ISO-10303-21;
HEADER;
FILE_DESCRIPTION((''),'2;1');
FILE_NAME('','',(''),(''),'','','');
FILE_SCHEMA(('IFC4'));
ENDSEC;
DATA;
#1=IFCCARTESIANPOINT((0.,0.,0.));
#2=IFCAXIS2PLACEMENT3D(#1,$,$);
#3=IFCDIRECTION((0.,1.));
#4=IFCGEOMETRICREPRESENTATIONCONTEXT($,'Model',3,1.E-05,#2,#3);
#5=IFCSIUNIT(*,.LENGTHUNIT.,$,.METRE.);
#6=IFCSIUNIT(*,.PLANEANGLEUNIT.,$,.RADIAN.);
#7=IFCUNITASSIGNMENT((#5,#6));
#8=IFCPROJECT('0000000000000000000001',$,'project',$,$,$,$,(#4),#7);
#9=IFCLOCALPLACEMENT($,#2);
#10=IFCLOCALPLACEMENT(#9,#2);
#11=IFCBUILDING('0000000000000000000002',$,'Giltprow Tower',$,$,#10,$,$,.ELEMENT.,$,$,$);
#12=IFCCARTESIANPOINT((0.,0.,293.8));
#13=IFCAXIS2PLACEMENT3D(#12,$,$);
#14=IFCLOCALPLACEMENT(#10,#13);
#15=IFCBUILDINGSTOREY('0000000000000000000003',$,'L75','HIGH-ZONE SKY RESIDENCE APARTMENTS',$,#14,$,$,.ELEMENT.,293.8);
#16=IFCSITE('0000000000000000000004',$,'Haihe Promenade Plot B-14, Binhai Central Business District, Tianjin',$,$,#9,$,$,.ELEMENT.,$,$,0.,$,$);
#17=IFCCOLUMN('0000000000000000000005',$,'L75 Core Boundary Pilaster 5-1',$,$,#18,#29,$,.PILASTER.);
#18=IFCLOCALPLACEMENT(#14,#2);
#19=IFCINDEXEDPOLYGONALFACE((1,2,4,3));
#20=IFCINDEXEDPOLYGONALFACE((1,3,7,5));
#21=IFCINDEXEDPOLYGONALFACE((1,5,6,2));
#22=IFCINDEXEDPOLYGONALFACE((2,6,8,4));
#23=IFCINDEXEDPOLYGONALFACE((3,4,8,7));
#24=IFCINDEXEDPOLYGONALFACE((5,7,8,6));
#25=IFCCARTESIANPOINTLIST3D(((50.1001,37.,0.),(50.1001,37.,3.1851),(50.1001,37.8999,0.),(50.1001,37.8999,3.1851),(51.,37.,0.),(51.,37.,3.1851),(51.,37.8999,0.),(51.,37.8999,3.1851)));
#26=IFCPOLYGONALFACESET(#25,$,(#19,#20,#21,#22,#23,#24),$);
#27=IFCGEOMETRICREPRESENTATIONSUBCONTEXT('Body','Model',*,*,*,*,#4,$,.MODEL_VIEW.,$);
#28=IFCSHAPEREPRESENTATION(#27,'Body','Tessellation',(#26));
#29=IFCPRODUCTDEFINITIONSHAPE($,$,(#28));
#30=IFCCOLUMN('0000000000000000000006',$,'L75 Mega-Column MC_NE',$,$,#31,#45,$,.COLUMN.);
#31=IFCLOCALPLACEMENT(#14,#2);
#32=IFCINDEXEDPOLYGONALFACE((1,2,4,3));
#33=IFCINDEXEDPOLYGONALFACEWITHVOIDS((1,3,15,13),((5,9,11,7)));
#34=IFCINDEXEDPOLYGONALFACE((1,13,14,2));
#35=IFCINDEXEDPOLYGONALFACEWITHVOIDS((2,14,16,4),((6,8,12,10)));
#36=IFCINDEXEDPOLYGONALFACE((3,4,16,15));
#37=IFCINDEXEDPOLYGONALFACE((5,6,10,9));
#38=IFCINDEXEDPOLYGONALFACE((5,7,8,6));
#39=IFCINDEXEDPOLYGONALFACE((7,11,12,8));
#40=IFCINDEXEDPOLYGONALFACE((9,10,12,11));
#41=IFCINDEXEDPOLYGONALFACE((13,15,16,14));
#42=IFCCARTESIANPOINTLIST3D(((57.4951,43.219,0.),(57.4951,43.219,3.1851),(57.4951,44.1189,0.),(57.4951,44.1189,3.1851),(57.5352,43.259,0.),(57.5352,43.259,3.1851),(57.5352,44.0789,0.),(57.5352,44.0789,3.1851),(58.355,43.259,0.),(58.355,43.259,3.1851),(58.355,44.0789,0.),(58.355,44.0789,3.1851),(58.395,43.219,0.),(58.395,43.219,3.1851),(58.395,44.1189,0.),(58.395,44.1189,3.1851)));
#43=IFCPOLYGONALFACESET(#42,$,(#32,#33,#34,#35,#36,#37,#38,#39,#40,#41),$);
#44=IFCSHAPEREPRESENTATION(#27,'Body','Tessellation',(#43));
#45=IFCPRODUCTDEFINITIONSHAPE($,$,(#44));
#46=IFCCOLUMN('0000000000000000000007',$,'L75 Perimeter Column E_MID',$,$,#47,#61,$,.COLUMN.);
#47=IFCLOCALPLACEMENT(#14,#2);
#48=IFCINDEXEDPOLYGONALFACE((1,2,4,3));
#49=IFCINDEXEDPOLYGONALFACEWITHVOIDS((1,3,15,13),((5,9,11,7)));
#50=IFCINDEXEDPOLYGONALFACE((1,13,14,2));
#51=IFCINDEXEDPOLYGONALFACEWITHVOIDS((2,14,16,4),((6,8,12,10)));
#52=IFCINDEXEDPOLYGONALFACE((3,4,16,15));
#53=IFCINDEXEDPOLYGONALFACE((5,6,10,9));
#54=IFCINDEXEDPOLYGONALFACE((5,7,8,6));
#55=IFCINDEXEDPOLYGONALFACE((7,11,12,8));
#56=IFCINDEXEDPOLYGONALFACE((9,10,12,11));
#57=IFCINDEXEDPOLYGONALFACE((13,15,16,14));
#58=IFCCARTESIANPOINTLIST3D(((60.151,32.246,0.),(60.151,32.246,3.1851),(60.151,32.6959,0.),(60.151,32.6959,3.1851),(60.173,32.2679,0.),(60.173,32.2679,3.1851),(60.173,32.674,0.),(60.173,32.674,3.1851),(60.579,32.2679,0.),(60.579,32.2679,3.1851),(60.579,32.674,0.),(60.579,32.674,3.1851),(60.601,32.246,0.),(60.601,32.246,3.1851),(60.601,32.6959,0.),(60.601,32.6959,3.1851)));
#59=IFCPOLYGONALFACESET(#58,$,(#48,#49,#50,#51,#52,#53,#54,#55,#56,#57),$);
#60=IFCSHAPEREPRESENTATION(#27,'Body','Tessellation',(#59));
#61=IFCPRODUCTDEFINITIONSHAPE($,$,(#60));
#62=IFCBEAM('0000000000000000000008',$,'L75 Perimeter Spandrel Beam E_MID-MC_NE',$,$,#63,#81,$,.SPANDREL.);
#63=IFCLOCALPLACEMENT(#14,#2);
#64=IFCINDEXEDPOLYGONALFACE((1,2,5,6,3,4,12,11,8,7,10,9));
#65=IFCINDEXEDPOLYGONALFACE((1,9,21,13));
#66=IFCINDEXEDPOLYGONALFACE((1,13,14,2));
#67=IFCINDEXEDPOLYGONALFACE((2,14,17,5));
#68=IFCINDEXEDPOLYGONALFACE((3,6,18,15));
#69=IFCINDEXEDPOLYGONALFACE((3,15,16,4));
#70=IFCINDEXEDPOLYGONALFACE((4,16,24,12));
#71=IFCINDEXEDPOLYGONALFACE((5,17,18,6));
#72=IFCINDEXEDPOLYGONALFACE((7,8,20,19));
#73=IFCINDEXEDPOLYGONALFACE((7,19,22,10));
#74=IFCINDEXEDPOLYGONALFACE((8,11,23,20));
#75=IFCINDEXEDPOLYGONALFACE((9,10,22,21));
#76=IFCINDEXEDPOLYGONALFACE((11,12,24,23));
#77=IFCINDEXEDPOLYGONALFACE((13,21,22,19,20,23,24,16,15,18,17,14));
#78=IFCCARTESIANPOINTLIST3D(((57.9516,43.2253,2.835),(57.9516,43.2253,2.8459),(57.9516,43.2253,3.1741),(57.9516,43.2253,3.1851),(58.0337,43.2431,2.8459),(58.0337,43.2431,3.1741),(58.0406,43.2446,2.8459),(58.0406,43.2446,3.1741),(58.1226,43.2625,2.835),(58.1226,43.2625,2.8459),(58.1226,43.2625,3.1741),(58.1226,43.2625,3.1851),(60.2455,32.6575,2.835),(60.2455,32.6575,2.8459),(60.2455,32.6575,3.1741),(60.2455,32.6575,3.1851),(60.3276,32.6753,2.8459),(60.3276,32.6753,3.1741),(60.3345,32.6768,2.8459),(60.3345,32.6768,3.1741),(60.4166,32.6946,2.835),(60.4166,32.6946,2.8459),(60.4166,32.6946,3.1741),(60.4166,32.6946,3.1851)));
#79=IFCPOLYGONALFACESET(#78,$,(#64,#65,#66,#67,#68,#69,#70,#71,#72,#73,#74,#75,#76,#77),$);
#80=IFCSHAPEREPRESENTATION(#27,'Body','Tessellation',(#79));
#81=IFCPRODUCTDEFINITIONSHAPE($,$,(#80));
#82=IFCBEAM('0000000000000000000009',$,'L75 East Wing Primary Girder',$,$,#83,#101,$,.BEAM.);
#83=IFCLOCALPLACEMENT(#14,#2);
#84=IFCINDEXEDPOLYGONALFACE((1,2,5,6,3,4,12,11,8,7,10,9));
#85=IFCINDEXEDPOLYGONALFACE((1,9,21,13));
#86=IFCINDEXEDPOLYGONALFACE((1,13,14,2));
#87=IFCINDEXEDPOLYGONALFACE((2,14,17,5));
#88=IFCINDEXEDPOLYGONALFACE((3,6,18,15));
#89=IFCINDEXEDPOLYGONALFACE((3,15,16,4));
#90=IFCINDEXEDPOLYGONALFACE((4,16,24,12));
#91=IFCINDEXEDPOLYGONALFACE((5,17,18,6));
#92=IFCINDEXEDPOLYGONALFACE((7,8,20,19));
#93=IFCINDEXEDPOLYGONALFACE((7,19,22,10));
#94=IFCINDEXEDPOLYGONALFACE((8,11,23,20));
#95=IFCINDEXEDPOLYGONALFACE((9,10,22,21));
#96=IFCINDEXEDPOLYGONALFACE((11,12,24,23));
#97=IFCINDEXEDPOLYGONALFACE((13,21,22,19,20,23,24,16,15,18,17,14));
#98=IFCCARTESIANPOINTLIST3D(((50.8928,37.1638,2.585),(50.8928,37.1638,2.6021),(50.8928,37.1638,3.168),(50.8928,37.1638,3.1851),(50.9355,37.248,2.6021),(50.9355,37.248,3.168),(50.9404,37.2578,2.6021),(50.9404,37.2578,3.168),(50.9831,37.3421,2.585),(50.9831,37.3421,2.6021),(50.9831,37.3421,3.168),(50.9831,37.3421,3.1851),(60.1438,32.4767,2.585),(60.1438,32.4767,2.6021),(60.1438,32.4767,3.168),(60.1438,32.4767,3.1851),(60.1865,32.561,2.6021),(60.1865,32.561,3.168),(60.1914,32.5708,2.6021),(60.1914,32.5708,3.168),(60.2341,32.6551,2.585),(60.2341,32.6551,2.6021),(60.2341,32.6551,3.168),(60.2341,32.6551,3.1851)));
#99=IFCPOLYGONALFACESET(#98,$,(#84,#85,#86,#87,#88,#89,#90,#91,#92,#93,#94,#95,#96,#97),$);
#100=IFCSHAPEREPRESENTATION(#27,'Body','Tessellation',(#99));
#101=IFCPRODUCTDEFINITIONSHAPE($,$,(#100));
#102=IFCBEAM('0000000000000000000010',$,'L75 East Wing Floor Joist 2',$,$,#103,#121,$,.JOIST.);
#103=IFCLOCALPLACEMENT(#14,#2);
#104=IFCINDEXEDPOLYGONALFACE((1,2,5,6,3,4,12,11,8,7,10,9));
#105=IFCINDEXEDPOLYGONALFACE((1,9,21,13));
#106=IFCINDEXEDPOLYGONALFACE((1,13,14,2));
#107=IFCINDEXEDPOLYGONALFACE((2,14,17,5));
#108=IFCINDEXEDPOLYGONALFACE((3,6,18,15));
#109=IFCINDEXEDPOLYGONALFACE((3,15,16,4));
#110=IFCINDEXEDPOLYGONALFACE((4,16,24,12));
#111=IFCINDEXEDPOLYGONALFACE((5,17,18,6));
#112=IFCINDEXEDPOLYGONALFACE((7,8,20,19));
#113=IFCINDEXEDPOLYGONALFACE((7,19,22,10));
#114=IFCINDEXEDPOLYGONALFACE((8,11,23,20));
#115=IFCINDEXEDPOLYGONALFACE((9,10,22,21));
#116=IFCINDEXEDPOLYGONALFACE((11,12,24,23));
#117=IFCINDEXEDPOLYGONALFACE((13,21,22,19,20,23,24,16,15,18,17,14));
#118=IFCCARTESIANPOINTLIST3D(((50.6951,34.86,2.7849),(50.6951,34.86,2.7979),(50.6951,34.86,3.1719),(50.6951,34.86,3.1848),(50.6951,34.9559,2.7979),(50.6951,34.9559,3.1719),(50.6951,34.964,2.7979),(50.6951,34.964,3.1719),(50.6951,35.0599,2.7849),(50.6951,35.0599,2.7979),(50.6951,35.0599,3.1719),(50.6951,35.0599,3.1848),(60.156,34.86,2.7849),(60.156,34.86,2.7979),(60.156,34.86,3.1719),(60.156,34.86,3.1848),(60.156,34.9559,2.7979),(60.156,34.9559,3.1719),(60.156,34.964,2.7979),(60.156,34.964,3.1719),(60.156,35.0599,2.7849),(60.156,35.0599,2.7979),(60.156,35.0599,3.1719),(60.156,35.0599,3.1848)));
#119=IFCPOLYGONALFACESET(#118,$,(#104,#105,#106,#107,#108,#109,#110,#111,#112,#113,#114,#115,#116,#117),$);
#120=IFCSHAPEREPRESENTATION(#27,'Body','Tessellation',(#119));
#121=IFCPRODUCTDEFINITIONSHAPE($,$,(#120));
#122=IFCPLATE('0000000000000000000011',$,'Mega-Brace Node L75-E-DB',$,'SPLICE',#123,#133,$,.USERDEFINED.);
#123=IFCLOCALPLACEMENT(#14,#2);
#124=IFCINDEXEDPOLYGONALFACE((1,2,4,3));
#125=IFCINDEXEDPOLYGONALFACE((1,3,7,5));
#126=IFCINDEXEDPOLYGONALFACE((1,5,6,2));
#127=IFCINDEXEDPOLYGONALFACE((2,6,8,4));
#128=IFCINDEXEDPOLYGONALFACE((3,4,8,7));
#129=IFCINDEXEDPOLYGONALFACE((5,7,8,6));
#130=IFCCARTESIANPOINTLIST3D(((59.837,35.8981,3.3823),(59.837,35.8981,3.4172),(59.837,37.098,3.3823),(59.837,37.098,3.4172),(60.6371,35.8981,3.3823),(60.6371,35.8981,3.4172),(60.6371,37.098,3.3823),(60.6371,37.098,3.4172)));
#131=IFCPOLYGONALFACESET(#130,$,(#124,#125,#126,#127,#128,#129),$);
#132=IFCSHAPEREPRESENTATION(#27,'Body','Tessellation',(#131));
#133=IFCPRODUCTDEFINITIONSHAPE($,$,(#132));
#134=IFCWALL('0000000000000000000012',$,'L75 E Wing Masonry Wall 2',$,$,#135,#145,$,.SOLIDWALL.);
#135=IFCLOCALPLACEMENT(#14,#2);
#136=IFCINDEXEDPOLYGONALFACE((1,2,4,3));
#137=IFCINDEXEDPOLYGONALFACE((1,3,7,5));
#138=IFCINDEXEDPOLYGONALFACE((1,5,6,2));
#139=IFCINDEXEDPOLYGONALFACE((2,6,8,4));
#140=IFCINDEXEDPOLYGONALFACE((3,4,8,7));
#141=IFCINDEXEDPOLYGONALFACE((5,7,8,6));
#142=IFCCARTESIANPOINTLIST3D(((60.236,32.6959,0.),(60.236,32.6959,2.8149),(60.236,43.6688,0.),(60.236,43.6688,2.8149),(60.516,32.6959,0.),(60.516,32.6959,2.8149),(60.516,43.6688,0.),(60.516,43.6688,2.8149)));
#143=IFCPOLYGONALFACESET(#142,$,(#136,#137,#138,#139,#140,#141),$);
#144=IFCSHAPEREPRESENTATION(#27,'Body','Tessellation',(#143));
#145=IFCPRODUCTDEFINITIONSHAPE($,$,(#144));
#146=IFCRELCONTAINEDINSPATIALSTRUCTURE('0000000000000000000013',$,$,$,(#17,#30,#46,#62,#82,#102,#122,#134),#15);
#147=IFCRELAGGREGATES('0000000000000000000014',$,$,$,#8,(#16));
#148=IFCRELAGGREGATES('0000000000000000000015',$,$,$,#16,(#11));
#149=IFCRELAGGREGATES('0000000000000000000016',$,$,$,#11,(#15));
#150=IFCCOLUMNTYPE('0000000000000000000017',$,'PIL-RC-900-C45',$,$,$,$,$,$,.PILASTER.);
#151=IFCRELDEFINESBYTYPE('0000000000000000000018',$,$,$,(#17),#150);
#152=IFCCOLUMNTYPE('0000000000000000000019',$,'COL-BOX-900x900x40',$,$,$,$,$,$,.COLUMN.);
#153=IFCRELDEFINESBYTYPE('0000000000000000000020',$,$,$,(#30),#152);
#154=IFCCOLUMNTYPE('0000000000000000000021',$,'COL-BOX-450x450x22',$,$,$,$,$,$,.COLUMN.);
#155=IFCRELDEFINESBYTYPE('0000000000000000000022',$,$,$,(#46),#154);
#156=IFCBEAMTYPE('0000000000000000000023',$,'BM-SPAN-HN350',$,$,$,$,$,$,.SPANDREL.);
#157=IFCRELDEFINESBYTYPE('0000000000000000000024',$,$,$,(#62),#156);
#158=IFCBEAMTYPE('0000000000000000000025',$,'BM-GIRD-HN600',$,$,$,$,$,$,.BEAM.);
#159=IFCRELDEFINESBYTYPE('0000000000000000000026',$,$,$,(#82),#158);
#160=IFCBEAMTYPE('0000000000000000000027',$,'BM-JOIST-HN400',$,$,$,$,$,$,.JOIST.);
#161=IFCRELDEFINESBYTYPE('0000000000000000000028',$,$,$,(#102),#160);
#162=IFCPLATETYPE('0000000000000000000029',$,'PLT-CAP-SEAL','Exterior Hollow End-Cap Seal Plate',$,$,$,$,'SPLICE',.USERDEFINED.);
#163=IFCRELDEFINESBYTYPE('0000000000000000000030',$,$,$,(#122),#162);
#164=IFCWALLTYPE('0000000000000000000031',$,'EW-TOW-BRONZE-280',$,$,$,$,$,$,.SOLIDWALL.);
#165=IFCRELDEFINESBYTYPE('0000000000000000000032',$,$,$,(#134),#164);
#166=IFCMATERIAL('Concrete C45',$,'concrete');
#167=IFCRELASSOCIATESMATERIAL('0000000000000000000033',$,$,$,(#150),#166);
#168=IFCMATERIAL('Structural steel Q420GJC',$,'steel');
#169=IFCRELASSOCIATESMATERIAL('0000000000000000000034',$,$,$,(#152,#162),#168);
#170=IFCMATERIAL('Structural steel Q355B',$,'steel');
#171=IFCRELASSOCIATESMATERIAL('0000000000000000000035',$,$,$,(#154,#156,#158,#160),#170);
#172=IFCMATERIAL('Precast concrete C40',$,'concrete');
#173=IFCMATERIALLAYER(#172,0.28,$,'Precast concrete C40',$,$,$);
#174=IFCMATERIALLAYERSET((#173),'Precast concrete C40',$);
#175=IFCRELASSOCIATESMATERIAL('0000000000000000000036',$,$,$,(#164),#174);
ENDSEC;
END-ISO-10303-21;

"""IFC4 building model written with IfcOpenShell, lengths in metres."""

from ifc_helpers import new_model, si_unit, direction, frame, frame_2d, origin, origin_2d, place, context, subcontext, project, spatial, rectangle, hollow_rectangle, i_section, extrude, source, transform, mapped, material, layer, layer_set, material_profile, profile_set, type_object, element, save


model = new_model("IFC4")

# Units and contexts
model_context = context("Model", 3, precision=1e-05, world=origin(), true_north=direction((0.0, 1.0)))
body_context = subcontext(model_context, "Body", "Model", "MODEL_VIEW")
ifc_project = project(units=[si_unit("LENGTHUNIT", "METRE"), si_unit("PLANEANGLEUNIT", "RADIAN")], contexts=[model_context])

# Site, building, storey
site_placement = place(None, origin())
site = spatial("IfcSite", under=ifc_project, at=site_placement, Name="Haihe Promenade Plot B-14, Binhai Central Business District, Tianjin", CompositionType="ELEMENT", RefElevation=0.0)
building_placement = place(site_placement, origin())
building = spatial("IfcBuilding", under=site, at=building_placement, Name="Giltprow Tower", CompositionType="ELEMENT")
storey_placement = place(building_placement, frame((0.0, 0.0, 293.8)))
storey = spatial("IfcBuildingStorey", under=building, at=storey_placement, Name="L75", Description="HIGH-ZONE SKY RESIDENCE APARTMENTS", CompositionType="ELEMENT", Elevation=293.8)

# Columns
ifc_material_1 = material(Name="Concrete C45", Category="concrete")
ifc_material_profile_1 = material_profile(ifc_material_1, rectangle(XDim=0.8999, YDim=0.8999, at=origin_2d()), Name="RC 900x900")
ifc_profile_set_1 = profile_set([ifc_material_profile_1], Name="Concrete C45")
column_type_1 = type_object("IfcColumnType", Name="PIL-RC-900-C45", PredefinedType="PILASTER", material=ifc_profile_set_1)
shared_shape_1 = source(origin(), body_context, "Body", "SweptSolid", [
    extrude(rectangle(XDim=0.8999, YDim=0.8999, at=origin_2d()), origin(), (0.0, 0.0, 1.0), 3.1851),
])
column_1_placement = place(storey_placement, frame((50.55, 37.45, 0.0), z_axis=(0.0, 0.0, 1.0), x_axis=(1.0, 0.0, 0.0)))
element("IfcColumn", 1, at=column_1_placement, inside=storey, type_object=column_type_1, Name="L75 Core Boundary Pilaster 5-1", PredefinedType="PILASTER", context=body_context, shape_type="MappedRepresentation", body=[
    mapped(shared_shape_1, transform((0.0, 0.0, 0.0), x_axis=(1.0, 0.0, 0.0), y_axis=(0.0, 1.0, 0.0), z_axis=(0.0, 0.0, 1.0), scale=1.0)),
])
ifc_material_2 = material(Name="Structural steel Q420GJC", Category="steel")
ifc_material_profile_2 = material_profile(ifc_material_2, hollow_rectangle(XDim=0.8999, YDim=0.8999, WallThickness=0.04, at=origin_2d()), Name="BOX 900x900x40")
ifc_profile_set_2 = profile_set([ifc_material_profile_2], Name="Structural steel Q420GJC")
column_type_2 = type_object("IfcColumnType", Name="COL-BOX-900x900x40", PredefinedType="COLUMN", material=ifc_profile_set_2)
shared_shape_2 = source(origin(), body_context, "Body", "SweptSolid", [
    extrude(hollow_rectangle(XDim=0.8999, YDim=0.8999, WallThickness=0.04, at=origin_2d()), origin(), (0.0, 0.0, 1.0), 3.1851),
])
column_2_placement = place(storey_placement, frame((57.9451, 43.6689, 0.0), z_axis=(0.0, 0.0, 1.0), x_axis=(1.0, 0.0, 0.0)))
element("IfcColumn", 2, at=column_2_placement, inside=storey, type_object=column_type_2, Name="L75 Mega-Column MC_NE", PredefinedType="COLUMN", context=body_context, shape_type="MappedRepresentation", body=[
    mapped(shared_shape_2, transform((0.0, 0.0, 0.0), x_axis=(1.0, 0.0, 0.0), y_axis=(0.0, 1.0, 0.0), z_axis=(0.0, 0.0, 1.0), scale=1.0)),
])
ifc_material_3 = material(Name="Structural steel Q355B", Category="steel")
ifc_material_profile_3 = material_profile(ifc_material_3, hollow_rectangle(XDim=0.45, YDim=0.45, WallThickness=0.022, at=origin_2d()), Name="BOX 450x450x22")
ifc_profile_set_3 = profile_set([ifc_material_profile_3], Name="Structural steel Q355B")
column_type_3 = type_object("IfcColumnType", Name="COL-BOX-450x450x22", PredefinedType="COLUMN", material=ifc_profile_set_3)
shared_shape_3 = source(origin(), body_context, "Body", "SweptSolid", [
    extrude(hollow_rectangle(XDim=0.45, YDim=0.45, WallThickness=0.022, at=origin_2d()), origin(), (0.0, 0.0, 1.0), 3.1851),
])
column_3_placement = place(storey_placement, frame((60.376, 32.4709, 0.0), z_axis=(0.0, 0.0, 1.0), x_axis=(1.0, 0.0, 0.0)))
element("IfcColumn", 3, at=column_3_placement, inside=storey, type_object=column_type_3, Name="L75 Perimeter Column E_MID", PredefinedType="COLUMN", context=body_context, shape_type="MappedRepresentation", body=[
    mapped(shared_shape_3, transform((0.0, 0.0, 0.0), x_axis=(1.0, 0.0, 0.0), y_axis=(0.0, 1.0, 0.0), z_axis=(0.0, 0.0, 1.0), scale=1.0)),
])

# Beams
ifc_material_profile_4 = material_profile(ifc_material_3, i_section(OverallWidth=0.175, OverallDepth=0.3501, WebThickness=0.0071, FlangeThickness=0.011, at=origin_2d()), Name="HN 350x175x7x11")
ifc_profile_set_4 = profile_set([ifc_material_profile_4], Name="Structural steel Q355B")
beam_type_1 = type_object("IfcBeamType", Name="BM-SPAN-HN350", PredefinedType="SPANDREL", material=ifc_profile_set_4)
shared_shape_4 = source(origin(), body_context, "Body", "SweptSolid", [
    extrude(i_section(OverallWidth=0.175, OverallDepth=0.3501, WebThickness=0.0071, FlangeThickness=0.011, at=origin_2d()), origin(), (0.0, 0.0, 1.0), 10.814),
])
beam_1_placement = place(storey_placement, frame((60.3311, 32.676, 3.01), z_axis=(-0.212128, 0.977242, 0.0), x_axis=(-0.977242, -0.212128, 0.0)))
element("IfcBeam", 4, at=beam_1_placement, inside=storey, type_object=beam_type_1, Name="L75 Perimeter Spandrel Beam E_MID-MC_NE", PredefinedType="SPANDREL", context=body_context, shape_type="MappedRepresentation", body=[
    mapped(shared_shape_4, transform((0.0, 0.0, 0.0), x_axis=(1.0, 0.0, 0.0), y_axis=(0.0, 1.0, 0.0), z_axis=(0.0, 0.0, 1.0), scale=1.0)),
])
ifc_material_profile_5 = material_profile(ifc_material_3, i_section(OverallWidth=0.2, OverallDepth=0.6001, WebThickness=0.011, FlangeThickness=0.0171, at=origin_2d()), Name="HN 600x200x11x17")
ifc_profile_set_5 = profile_set([ifc_material_profile_5], Name="Structural steel Q355B")
beam_type_2 = type_object("IfcBeamType", Name="BM-GIRD-HN600", PredefinedType="BEAM", material=ifc_profile_set_5)
shared_shape_5 = source(origin(), body_context, "Body", "SweptSolid", [
    extrude(i_section(OverallWidth=0.2, OverallDepth=0.6001, WebThickness=0.011, FlangeThickness=0.0171, at=origin_2d()), origin(), (0.0, 0.0, 1.0), 10.3706),
])
beam_2_placement = place(storey_placement, frame((60.189, 32.5659, 2.885), z_axis=(-0.892042, 0.451953, 0.0), x_axis=(-0.451953, -0.892042, 0.0)))
element("IfcBeam", 5, at=beam_2_placement, inside=storey, type_object=beam_type_2, Name="L75 East Wing Primary Girder", PredefinedType="BEAM", context=body_context, shape_type="MappedRepresentation", body=[
    mapped(shared_shape_5, transform((0.0, 0.0, 0.0), x_axis=(1.0, 0.0, 0.0), y_axis=(0.0, 1.0, 0.0), z_axis=(0.0, 0.0, 1.0), scale=1.0)),
])
ifc_material_profile_6 = material_profile(ifc_material_3, i_section(OverallWidth=0.2, OverallDepth=0.3999, WebThickness=0.0081, FlangeThickness=0.0129, at=origin_2d()), Name="HN 400x200x8x13")
ifc_profile_set_6 = profile_set([ifc_material_profile_6], Name="Structural steel Q355B")
beam_type_3 = type_object("IfcBeamType", Name="BM-JOIST-HN400", PredefinedType="JOIST", material=ifc_profile_set_6)
shared_shape_6 = source(origin(), body_context, "Body", "SweptSolid", [
    extrude(i_section(OverallWidth=0.2, OverallDepth=0.3999, WebThickness=0.0081, FlangeThickness=0.0129, at=origin_2d()), origin(), (0.0, 0.0, 1.0), 9.4609),
])
beam_3_placement = place(storey_placement, frame((50.6951, 34.96, 2.9849), z_axis=(1.0, 0.0, 0.0), x_axis=(0.0, 1.0, 0.0)))
element("IfcBeam", 6, at=beam_3_placement, inside=storey, type_object=beam_type_3, Name="L75 East Wing Floor Joist 2", PredefinedType="JOIST", context=body_context, shape_type="MappedRepresentation", body=[
    mapped(shared_shape_6, transform((0.0, 0.0, 0.0), x_axis=(1.0, 0.0, 0.0), y_axis=(0.0, 1.0, 0.0), z_axis=(0.0, 0.0, 1.0), scale=1.0)),
])

# Plate
plate_type = type_object("IfcPlateType", Name="PLT-CAP-SEAL", Description="Exterior Hollow End-Cap Seal Plate", ElementType="SPLICE", PredefinedType="USERDEFINED", material=ifc_material_2)
shared_shape_7 = source(origin(), body_context, "Body", "SweptSolid", [
    extrude(rectangle(XDim=1.2, YDim=0.8, at=origin_2d()), origin(), (0.0, 0.0, 1.0), 0.0349),
])
plate_placement = place(storey_placement, frame((60.2371, 36.498, 3.3823), z_axis=(0.0, 0.0, 1.0), x_axis=(0.0, 1.0, 0.0)))
element("IfcPlate", 7, at=plate_placement, inside=storey, type_object=plate_type, Name="Mega-Brace Node L75-E-DB", ObjectType="SPLICE", PredefinedType="USERDEFINED", context=body_context, shape_type="MappedRepresentation", body=[
    mapped(shared_shape_7, transform((0.0, 0.0, 0.0), x_axis=(1.0, 0.0, 0.0), y_axis=(0.0, 1.0, 0.0), z_axis=(0.0, 0.0, 1.0), scale=1.0)),
])

# Wall
ifc_material_4 = material(Name="Precast concrete C40", Category="concrete")
ifc_layer_1 = layer(ifc_material_4, 0.28, Name="Precast concrete C40")
ifc_layer_set_1 = layer_set([ifc_layer_1], Name="Precast concrete C40")
wall_type_1 = type_object("IfcWallType", Name="EW-TOW-BRONZE-280", PredefinedType="SOLIDWALL", material=ifc_layer_set_1)
wall_1_placement = place(storey_placement, frame((60.376, 32.696, 0.0), z_axis=(0.0, 0.0, 1.0), x_axis=(0.0, 1.0, 0.0)))
element("IfcWall", 8, at=wall_1_placement, inside=storey, type_object=wall_type_1, Name="L75 E Wing Masonry Wall 2", PredefinedType="SOLIDWALL", context=body_context, shape_type="SweptSolid", body=[
    extrude(rectangle(XDim=10.9729, YDim=0.28, at=frame_2d((5.4863, 0.0))), origin(), (0.0, 0.0, 1.0), 2.8149),
])

save(model, "model.ifc")
